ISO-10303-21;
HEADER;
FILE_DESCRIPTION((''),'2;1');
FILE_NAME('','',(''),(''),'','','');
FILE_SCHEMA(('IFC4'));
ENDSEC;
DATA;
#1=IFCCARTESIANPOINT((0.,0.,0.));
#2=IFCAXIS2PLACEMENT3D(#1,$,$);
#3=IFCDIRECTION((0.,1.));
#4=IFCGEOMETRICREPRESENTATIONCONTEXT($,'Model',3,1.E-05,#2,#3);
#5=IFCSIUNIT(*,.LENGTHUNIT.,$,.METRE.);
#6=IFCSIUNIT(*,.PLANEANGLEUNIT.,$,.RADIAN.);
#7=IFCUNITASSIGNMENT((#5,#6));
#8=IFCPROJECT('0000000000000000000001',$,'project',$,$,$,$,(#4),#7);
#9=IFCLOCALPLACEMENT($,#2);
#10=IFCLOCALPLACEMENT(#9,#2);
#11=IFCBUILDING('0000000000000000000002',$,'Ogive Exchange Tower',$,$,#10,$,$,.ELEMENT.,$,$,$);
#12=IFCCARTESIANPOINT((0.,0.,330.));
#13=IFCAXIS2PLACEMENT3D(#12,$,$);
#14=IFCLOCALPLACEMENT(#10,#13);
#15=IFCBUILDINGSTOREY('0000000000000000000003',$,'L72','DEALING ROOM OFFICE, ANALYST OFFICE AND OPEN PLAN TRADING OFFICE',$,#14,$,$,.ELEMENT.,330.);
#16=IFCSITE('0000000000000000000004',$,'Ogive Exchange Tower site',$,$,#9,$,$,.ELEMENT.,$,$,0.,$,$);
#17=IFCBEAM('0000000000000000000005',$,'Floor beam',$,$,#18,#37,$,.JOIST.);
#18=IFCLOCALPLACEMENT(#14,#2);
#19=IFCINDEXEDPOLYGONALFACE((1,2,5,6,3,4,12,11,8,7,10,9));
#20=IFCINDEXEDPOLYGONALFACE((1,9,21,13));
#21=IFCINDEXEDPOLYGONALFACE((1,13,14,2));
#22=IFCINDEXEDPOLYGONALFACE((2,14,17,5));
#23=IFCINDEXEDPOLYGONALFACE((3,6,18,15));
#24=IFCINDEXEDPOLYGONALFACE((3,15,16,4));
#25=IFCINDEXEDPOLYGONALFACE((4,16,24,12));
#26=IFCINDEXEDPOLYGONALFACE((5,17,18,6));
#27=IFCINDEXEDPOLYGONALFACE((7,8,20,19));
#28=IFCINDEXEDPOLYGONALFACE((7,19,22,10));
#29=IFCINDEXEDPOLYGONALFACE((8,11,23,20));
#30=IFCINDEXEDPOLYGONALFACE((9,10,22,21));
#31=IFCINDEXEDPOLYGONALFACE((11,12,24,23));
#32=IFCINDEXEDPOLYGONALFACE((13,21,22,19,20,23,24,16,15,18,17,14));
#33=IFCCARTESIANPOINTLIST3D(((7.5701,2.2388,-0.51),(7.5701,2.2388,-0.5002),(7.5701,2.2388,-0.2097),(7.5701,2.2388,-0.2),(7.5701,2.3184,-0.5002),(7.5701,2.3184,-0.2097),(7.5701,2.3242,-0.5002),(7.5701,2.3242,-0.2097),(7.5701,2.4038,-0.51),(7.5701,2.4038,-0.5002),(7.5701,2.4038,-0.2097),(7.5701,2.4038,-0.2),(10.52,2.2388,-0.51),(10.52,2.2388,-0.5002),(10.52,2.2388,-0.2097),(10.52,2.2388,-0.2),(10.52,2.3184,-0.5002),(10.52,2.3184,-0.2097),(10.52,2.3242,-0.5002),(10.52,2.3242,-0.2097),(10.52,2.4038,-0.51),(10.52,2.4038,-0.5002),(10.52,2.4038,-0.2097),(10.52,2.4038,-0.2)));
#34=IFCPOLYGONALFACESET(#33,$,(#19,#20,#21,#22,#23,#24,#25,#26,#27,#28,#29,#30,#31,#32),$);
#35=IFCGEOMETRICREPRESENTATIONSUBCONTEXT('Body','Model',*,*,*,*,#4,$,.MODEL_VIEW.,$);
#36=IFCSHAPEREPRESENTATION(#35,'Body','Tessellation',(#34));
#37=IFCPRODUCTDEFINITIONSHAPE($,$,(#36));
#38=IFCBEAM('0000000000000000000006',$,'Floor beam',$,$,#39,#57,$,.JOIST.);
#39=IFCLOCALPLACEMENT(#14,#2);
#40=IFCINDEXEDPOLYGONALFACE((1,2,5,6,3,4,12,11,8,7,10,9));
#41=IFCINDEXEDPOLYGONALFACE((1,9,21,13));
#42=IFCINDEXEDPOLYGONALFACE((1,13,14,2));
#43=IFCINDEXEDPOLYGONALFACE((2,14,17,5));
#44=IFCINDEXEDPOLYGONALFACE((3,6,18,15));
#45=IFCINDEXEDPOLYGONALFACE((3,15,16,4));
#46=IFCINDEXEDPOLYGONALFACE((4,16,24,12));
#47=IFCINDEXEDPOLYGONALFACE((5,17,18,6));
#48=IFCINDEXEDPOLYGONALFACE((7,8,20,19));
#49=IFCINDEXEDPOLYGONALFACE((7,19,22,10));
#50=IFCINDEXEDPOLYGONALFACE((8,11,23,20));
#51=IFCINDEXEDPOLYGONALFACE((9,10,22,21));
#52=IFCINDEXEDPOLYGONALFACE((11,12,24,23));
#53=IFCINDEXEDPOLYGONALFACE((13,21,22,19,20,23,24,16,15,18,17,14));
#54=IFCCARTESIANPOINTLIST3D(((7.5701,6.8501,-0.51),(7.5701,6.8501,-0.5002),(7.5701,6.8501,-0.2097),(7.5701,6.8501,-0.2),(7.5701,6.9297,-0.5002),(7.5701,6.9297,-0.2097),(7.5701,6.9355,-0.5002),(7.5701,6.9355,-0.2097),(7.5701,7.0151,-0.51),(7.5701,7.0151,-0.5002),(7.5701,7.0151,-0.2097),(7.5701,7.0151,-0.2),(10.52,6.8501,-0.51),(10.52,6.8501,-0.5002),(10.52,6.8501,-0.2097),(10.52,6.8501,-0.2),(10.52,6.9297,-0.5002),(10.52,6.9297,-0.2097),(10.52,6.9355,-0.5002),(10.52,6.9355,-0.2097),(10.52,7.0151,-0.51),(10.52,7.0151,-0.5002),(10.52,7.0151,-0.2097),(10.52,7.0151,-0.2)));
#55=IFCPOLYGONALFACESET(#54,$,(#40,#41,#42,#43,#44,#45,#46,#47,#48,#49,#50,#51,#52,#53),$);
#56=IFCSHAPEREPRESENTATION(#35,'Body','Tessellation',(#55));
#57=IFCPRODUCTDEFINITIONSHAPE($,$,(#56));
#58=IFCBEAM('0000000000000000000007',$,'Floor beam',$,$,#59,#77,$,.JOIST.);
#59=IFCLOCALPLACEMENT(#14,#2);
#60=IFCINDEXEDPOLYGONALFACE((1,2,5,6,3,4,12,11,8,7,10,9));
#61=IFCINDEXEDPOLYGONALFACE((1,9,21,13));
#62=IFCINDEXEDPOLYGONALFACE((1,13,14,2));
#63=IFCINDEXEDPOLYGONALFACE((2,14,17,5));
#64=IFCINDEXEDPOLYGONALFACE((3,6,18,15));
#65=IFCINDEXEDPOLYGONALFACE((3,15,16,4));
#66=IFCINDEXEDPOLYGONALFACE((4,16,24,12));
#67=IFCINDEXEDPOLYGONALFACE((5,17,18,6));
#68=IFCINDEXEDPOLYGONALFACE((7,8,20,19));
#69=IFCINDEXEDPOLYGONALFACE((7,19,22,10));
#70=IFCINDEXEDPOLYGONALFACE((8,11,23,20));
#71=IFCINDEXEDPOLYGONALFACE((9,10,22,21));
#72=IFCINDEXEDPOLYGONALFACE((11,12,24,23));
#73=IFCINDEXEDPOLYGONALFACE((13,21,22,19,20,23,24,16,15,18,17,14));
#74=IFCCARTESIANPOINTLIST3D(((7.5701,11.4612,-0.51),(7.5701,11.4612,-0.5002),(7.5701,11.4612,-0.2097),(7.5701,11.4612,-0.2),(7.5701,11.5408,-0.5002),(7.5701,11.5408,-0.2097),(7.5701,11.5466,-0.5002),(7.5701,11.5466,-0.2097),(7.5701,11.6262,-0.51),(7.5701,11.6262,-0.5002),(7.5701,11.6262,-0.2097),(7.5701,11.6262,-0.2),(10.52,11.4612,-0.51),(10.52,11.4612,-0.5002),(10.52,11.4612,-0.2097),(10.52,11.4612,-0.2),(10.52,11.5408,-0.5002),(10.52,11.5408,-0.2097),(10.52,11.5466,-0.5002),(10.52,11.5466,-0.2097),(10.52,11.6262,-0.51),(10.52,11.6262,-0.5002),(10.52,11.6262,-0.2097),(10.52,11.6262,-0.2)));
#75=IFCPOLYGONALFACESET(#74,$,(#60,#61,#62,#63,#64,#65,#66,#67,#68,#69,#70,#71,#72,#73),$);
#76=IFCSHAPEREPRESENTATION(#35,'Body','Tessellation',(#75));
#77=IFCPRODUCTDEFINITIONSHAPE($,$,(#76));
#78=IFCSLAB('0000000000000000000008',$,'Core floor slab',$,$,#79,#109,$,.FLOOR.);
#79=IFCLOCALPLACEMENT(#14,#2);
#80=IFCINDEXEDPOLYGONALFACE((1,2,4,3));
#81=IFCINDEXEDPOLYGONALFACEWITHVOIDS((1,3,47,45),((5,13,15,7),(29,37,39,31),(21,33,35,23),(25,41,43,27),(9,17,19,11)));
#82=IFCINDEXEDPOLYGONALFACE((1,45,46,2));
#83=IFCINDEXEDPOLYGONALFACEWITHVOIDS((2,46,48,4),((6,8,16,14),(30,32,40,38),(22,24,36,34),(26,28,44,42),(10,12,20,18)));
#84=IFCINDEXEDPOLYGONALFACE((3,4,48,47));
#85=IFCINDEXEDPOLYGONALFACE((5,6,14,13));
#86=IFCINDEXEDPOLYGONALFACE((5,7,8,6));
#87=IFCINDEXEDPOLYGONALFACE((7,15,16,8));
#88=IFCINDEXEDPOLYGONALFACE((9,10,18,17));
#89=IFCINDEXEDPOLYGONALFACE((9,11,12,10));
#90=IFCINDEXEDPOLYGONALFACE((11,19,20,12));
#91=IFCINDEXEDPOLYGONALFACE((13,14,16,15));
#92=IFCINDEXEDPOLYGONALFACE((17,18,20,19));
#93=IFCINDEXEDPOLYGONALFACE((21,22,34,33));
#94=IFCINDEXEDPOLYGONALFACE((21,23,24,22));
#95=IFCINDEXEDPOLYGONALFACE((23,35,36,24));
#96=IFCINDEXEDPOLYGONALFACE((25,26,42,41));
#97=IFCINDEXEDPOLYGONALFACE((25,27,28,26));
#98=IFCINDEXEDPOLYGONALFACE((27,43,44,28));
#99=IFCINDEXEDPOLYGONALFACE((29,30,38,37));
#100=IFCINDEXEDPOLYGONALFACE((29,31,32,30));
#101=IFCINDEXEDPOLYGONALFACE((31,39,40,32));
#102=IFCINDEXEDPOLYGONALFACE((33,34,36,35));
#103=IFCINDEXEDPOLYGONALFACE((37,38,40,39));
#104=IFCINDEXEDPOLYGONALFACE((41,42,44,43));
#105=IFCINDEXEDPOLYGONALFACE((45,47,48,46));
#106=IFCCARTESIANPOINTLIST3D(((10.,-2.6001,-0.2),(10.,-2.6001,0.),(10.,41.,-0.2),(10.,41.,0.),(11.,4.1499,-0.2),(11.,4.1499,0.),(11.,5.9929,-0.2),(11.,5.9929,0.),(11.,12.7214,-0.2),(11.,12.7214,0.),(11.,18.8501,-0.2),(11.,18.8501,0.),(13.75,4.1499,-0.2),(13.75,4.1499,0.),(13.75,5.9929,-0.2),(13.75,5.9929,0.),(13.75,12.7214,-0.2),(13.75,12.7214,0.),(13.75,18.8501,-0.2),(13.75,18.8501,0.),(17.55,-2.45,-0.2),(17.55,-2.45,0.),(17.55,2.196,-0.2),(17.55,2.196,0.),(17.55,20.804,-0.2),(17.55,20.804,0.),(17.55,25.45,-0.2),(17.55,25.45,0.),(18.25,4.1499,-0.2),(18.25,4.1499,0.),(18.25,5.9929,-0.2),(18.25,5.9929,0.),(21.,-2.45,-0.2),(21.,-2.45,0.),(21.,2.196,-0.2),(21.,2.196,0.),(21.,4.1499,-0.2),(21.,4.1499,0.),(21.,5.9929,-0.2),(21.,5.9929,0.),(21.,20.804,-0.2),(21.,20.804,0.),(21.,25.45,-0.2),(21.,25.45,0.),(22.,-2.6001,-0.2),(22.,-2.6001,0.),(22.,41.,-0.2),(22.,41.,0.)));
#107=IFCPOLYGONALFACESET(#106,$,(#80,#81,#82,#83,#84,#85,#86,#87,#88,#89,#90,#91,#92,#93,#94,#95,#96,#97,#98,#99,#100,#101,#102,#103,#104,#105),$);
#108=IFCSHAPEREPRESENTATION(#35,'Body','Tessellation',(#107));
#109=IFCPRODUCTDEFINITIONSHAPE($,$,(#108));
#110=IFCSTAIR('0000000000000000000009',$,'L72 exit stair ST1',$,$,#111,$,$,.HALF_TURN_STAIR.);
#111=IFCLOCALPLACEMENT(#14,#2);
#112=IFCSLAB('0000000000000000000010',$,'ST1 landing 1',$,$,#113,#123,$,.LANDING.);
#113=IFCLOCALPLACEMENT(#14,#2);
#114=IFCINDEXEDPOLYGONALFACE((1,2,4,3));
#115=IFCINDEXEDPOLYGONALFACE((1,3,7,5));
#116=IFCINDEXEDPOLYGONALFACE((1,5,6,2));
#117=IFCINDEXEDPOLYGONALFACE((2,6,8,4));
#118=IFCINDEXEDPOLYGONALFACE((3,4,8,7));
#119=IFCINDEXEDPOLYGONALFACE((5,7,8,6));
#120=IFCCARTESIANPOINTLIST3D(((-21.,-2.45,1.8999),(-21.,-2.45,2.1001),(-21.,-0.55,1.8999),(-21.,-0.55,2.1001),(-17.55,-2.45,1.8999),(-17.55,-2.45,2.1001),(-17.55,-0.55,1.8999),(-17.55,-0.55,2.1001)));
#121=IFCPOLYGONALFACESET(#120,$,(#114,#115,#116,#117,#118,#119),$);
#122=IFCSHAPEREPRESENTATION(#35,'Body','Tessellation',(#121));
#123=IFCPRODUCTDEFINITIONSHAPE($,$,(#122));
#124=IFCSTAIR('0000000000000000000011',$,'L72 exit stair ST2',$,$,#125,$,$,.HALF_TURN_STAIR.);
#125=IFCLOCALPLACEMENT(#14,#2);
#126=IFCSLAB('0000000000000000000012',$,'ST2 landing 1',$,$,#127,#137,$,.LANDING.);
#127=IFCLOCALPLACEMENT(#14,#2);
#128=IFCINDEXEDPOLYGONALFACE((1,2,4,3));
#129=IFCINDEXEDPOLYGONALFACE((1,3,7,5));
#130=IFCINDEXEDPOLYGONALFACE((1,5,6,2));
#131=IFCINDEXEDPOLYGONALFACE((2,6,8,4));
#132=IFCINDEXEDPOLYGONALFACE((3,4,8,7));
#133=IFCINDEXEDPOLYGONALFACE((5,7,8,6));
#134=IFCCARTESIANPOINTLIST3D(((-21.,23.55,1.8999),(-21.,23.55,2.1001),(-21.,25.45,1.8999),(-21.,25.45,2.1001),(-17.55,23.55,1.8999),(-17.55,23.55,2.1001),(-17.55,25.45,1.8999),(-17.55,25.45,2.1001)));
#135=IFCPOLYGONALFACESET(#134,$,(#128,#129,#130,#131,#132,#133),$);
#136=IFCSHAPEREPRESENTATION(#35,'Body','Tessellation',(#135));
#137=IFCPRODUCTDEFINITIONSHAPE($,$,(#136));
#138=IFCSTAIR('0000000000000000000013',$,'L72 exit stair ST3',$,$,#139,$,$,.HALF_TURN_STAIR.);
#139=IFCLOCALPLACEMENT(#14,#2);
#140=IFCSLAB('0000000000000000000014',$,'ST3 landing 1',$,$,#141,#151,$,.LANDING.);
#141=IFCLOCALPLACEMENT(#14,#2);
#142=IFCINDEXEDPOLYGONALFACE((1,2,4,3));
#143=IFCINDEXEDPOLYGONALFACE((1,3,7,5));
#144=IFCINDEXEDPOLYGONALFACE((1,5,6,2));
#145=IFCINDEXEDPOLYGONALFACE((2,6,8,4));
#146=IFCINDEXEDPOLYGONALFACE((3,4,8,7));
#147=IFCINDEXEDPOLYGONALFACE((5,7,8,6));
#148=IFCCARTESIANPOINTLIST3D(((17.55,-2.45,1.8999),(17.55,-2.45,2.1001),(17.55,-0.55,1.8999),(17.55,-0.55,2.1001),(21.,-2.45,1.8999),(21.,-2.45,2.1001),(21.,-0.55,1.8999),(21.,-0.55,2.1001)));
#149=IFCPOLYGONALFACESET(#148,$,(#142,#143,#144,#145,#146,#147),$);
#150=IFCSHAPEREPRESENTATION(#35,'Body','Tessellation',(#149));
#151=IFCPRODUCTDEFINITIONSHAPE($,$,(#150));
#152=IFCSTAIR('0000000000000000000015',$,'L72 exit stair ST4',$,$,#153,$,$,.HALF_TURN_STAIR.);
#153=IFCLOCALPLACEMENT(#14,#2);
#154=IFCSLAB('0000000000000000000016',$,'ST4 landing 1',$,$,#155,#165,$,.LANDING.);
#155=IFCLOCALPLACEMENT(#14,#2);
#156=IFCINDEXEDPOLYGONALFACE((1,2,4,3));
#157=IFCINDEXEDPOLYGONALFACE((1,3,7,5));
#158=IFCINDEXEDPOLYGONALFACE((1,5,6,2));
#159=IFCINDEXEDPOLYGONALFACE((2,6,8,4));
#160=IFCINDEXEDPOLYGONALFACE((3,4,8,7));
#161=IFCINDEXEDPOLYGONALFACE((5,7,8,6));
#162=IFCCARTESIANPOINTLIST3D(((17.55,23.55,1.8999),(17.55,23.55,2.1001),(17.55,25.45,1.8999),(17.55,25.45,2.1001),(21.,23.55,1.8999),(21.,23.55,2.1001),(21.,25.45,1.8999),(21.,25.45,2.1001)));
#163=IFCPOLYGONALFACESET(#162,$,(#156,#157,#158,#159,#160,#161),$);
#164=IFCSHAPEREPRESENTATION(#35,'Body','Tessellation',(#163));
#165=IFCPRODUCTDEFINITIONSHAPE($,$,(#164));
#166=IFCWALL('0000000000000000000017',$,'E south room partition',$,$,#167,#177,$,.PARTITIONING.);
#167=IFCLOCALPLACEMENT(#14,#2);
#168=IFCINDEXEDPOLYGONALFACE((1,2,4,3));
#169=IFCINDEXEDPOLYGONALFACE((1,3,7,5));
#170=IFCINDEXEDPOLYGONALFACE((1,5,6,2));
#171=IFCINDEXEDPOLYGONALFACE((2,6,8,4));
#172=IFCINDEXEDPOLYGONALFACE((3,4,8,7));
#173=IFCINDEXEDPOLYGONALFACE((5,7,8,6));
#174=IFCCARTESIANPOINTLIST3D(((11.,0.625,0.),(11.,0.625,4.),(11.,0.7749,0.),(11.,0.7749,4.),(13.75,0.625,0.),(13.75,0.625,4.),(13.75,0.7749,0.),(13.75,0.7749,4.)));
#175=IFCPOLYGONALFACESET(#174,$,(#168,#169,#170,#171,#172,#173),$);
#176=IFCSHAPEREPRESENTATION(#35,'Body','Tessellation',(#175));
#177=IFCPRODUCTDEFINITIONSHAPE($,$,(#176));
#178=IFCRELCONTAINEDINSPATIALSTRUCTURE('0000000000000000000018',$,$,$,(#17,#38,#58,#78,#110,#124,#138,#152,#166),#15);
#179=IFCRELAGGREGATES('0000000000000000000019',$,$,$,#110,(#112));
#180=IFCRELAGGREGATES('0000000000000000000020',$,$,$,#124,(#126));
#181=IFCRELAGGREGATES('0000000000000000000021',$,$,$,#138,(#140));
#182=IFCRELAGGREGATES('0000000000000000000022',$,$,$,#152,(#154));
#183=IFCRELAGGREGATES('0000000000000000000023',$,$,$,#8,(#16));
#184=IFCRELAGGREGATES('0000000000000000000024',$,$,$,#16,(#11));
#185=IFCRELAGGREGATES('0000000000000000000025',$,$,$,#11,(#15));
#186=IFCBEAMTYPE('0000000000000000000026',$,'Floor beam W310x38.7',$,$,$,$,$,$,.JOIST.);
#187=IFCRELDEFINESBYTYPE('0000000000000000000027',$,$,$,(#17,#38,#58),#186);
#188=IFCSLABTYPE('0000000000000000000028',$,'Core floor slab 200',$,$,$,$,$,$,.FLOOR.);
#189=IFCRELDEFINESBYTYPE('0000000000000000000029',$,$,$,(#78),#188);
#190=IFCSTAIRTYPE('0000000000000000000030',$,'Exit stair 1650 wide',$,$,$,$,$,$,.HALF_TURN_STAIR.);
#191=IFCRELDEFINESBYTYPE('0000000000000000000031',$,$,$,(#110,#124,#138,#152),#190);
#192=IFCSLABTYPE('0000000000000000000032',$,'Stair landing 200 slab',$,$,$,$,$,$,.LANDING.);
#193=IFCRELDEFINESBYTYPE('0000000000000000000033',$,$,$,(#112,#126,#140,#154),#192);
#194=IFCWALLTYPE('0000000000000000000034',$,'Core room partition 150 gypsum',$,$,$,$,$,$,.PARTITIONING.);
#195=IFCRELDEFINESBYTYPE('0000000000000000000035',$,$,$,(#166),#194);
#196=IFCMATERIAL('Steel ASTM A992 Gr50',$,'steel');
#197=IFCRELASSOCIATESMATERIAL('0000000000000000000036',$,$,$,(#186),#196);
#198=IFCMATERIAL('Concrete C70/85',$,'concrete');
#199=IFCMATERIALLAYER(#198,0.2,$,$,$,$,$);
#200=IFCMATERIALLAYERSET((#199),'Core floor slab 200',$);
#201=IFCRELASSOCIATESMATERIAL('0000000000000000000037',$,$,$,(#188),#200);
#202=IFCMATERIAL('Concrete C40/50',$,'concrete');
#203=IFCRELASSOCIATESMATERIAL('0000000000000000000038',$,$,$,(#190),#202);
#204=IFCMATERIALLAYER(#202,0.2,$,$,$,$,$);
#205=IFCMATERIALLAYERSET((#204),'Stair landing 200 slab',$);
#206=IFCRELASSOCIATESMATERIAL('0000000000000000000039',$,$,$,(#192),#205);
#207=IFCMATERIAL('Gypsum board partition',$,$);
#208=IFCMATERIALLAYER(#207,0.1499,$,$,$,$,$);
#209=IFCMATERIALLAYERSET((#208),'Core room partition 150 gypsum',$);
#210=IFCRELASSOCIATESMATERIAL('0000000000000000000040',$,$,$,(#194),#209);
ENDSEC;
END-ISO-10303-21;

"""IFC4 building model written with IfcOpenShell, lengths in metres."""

from ifc_helpers import new_model, si_unit, direction, frame, frame_2d, origin, origin_2d, place, context, subcontext, project, spatial, polyline, rectangle, i_section, outline, extrude, material, layer, layer_set, material_profile, profile_set, type_object, element, aggregate, save


model = new_model("IFC4")

# Units and contexts
model_context = context("Model", 3, precision=1e-05, world=origin(), true_north=direction((0.0, 1.0)))
body_context = subcontext(model_context, "Body", "Model", "MODEL_VIEW")
ifc_project = project(units=[si_unit("LENGTHUNIT", "METRE"), si_unit("PLANEANGLEUNIT", "RADIAN")], contexts=[model_context])

# Site, building, storey
site_placement = place(None, origin())
site = spatial("IfcSite", under=ifc_project, at=site_placement, Name="Ogive Exchange Tower site", CompositionType="ELEMENT", RefElevation=0.0)
building_placement = place(site_placement, origin())
building = spatial("IfcBuilding", under=site, at=building_placement, Name="Ogive Exchange Tower", CompositionType="ELEMENT")
storey_placement = place(building_placement, frame((0.0, 0.0, 330.0)))
storey = spatial("IfcBuildingStorey", under=building, at=storey_placement, Name="L72", Description="DEALING ROOM OFFICE, ANALYST OFFICE AND OPEN PLAN TRADING OFFICE", CompositionType="ELEMENT", Elevation=330.0)

# Beams
ifc_material_1 = material(Name="Steel ASTM A992 Gr50", Category="steel")
ifc_material_profile = material_profile(ifc_material_1, i_section(OverallWidth=0.165, OverallDepth=0.3101, WebThickness=0.0059, FlangeThickness=0.0098, at=origin_2d()), Name="W310x38.7")
ifc_profile_set = profile_set([ifc_material_profile], Name="Steel ASTM A992 Gr50")
beam_type = type_object("IfcBeamType", Name="Floor beam W310x38.7", PredefinedType="JOIST", material=ifc_profile_set)
for number, where, z_axis, x_axis, name in (
    (1, (7.5701, 2.3213, -0.355), (1.0, 0.0, 0.0), (0.0, 1.0, 0.0), "Floor beam"),
    (2, (7.5701, 6.9326, -0.355), (1.0, 0.0, 0.0), (0.0, 1.0, 0.0), "Floor beam"),
    (3, (7.5701, 11.5437, -0.355), (1.0, 0.0, 0.0), (0.0, 1.0, 0.0), "Floor beam"),
):
    element("IfcBeam", number, at=place(storey_placement, frame(where, z_axis=z_axis, x_axis=x_axis)), inside=storey, type_object=beam_type, Name=name, PredefinedType="JOIST", context=body_context, shape_type="SweptSolid", body=[
        extrude(i_section(OverallWidth=0.165, OverallDepth=0.3101, WebThickness=0.0059, FlangeThickness=0.0098, at=origin_2d()), origin(), (0.0, 0.0, 1.0), 2.95),
    ])

# Slab
ifc_material_2 = material(Name="Concrete C70/85", Category="concrete")
ifc_layer_1 = layer(ifc_material_2, 0.2)
ifc_layer_set_1 = layer_set([ifc_layer_1], Name="Core floor slab 200")
slab_type_1 = type_object("IfcSlabType", Name="Core floor slab 200", PredefinedType="FLOOR", material=ifc_layer_set_1)
slab_1_placement = place(storey_placement, frame((0.0, 0.0, -0.2)))
element("IfcSlab", 4, at=slab_1_placement, inside=storey, type_object=slab_type_1, Name="Core floor slab", PredefinedType="FLOOR", context=body_context, shape_type="SweptSolid", body=[
    extrude(outline(polyline([(10.0, -2.6001), (10.0, 41.0), (22.0, 41.0), (22.0, -2.6001), (10.0, -2.6001)]), holes=[polyline([(21.0, 2.196), (17.55, 2.196), (17.55, -2.45), (21.0, -2.45), (21.0, 2.196)]), polyline([(11.0, 5.9929), (11.0, 4.1499), (13.75, 4.1499), (13.75, 5.9929), (11.0, 5.9929)]), polyline([(18.25, 5.9929), (18.25, 4.1499), (21.0, 4.1499), (21.0, 5.9929), (18.25, 5.9929)]), polyline([(13.75, 18.8501), (11.0, 18.8501), (11.0, 12.7214), (13.75, 12.7214), (13.75, 18.8501)]), polyline([(17.55, 25.45), (17.55, 20.804), (21.0, 20.804), (21.0, 25.45), (17.55, 25.45)])]), origin(), (0.0, 0.0, 1.0), 0.2),
])

# Stairs, slabs
ifc_material_3 = material(Name="Concrete C40/50", Category="concrete")
stair_type = type_object("IfcStairType", Name="Exit stair 1650 wide", PredefinedType="HALF_TURN_STAIR", material=ifc_material_3)
stair_1_placement = place(storey_placement, origin())
stair_1 = element("IfcStair", 5, at=stair_1_placement, inside=storey, type_object=stair_type, Name="L72 exit stair ST1", PredefinedType="HALF_TURN_STAIR")
ifc_layer_2 = layer(ifc_material_3, 0.2)
ifc_layer_set_2 = layer_set([ifc_layer_2], Name="Stair landing 200 slab")
slab_type_2 = type_object("IfcSlabType", Name="Stair landing 200 slab", PredefinedType="LANDING", material=ifc_layer_set_2)
slab_2_placement = place(storey_placement, frame((0.0, 0.0, 1.8999)))
slab_2 = element("IfcSlab", 6, at=slab_2_placement, type_object=slab_type_2, Name="ST1 landing 1", PredefinedType="LANDING", context=body_context, shape_type="SweptSolid", body=[
    extrude(outline(polyline([(-21.0, -0.55), (-21.0, -2.45), (-17.55, -2.45), (-17.55, -0.55), (-21.0, -0.55)])), origin(), (0.0, 0.0, 1.0), 0.2002),
])
aggregate(stair_1, [slab_2])
stair_2_placement = place(storey_placement, origin())
stair_2 = element("IfcStair", 7, at=stair_2_placement, inside=storey, type_object=stair_type, Name="L72 exit stair ST2", PredefinedType="HALF_TURN_STAIR")
slab_3_placement = place(storey_placement, frame((0.0, 0.0, 1.8999)))
slab_3 = element("IfcSlab", 8, at=slab_3_placement, type_object=slab_type_2, Name="ST2 landing 1", PredefinedType="LANDING", context=body_context, shape_type="SweptSolid", body=[
    extrude(outline(polyline([(-17.55, 23.55), (-17.55, 25.45), (-21.0, 25.45), (-21.0, 23.55), (-17.55, 23.55)])), origin(), (0.0, 0.0, 1.0), 0.2002),
])
aggregate(stair_2, [slab_3])
stair_3_placement = place(storey_placement, origin())
stair_3 = element("IfcStair", 9, at=stair_3_placement, inside=storey, type_object=stair_type, Name="L72 exit stair ST3", PredefinedType="HALF_TURN_STAIR")
slab_4_placement = place(storey_placement, frame((0.0, 0.0, 1.8999)))
slab_4 = element("IfcSlab", 10, at=slab_4_placement, type_object=slab_type_2, Name="ST3 landing 1", PredefinedType="LANDING", context=body_context, shape_type="SweptSolid", body=[
    extrude(outline(polyline([(17.55, -0.55), (17.55, -2.45), (21.0, -2.45), (21.0, -0.55), (17.55, -0.55)])), origin(), (0.0, 0.0, 1.0), 0.2002),
])
aggregate(stair_3, [slab_4])
stair_4_placement = place(storey_placement, origin())
stair_4 = element("IfcStair", 11, at=stair_4_placement, inside=storey, type_object=stair_type, Name="L72 exit stair ST4", PredefinedType="HALF_TURN_STAIR")
slab_5_placement = place(storey_placement, frame((0.0, 0.0, 1.8999)))
slab_5 = element("IfcSlab", 12, at=slab_5_placement, type_object=slab_type_2, Name="ST4 landing 1", PredefinedType="LANDING", context=body_context, shape_type="SweptSolid", body=[
    extrude(outline(polyline([(21.0, 23.55), (21.0, 25.45), (17.55, 25.45), (17.55, 23.55), (21.0, 23.55)])), origin(), (0.0, 0.0, 1.0), 0.2002),
])
aggregate(stair_4, [slab_5])

# Wall
ifc_material_4 = material(Name="Gypsum board partition")
ifc_layer_3 = layer(ifc_material_4, 0.1499)
ifc_layer_set_3 = layer_set([ifc_layer_3], Name="Core room partition 150 gypsum")
wall_type_1 = type_object("IfcWallType", Name="Core room partition 150 gypsum", PredefinedType="PARTITIONING", material=ifc_layer_set_3)
wall_1_placement = place(storey_placement, frame((11.0, 0.7, 0.0), z_axis=(0.0, 0.0, 1.0), x_axis=(1.0, 0.0, 0.0)))
element("IfcWall", 13, at=wall_1_placement, inside=storey, type_object=wall_type_1, Name="E south room partition", PredefinedType="PARTITIONING", context=body_context, shape_type="SweptSolid", body=[
    extrude(rectangle(XDim=2.75, YDim=0.1499, at=frame_2d((1.375, 0.0))), origin(), (0.0, 0.0, 1.0), 4.0),
])

save(model, "model.ifc")
